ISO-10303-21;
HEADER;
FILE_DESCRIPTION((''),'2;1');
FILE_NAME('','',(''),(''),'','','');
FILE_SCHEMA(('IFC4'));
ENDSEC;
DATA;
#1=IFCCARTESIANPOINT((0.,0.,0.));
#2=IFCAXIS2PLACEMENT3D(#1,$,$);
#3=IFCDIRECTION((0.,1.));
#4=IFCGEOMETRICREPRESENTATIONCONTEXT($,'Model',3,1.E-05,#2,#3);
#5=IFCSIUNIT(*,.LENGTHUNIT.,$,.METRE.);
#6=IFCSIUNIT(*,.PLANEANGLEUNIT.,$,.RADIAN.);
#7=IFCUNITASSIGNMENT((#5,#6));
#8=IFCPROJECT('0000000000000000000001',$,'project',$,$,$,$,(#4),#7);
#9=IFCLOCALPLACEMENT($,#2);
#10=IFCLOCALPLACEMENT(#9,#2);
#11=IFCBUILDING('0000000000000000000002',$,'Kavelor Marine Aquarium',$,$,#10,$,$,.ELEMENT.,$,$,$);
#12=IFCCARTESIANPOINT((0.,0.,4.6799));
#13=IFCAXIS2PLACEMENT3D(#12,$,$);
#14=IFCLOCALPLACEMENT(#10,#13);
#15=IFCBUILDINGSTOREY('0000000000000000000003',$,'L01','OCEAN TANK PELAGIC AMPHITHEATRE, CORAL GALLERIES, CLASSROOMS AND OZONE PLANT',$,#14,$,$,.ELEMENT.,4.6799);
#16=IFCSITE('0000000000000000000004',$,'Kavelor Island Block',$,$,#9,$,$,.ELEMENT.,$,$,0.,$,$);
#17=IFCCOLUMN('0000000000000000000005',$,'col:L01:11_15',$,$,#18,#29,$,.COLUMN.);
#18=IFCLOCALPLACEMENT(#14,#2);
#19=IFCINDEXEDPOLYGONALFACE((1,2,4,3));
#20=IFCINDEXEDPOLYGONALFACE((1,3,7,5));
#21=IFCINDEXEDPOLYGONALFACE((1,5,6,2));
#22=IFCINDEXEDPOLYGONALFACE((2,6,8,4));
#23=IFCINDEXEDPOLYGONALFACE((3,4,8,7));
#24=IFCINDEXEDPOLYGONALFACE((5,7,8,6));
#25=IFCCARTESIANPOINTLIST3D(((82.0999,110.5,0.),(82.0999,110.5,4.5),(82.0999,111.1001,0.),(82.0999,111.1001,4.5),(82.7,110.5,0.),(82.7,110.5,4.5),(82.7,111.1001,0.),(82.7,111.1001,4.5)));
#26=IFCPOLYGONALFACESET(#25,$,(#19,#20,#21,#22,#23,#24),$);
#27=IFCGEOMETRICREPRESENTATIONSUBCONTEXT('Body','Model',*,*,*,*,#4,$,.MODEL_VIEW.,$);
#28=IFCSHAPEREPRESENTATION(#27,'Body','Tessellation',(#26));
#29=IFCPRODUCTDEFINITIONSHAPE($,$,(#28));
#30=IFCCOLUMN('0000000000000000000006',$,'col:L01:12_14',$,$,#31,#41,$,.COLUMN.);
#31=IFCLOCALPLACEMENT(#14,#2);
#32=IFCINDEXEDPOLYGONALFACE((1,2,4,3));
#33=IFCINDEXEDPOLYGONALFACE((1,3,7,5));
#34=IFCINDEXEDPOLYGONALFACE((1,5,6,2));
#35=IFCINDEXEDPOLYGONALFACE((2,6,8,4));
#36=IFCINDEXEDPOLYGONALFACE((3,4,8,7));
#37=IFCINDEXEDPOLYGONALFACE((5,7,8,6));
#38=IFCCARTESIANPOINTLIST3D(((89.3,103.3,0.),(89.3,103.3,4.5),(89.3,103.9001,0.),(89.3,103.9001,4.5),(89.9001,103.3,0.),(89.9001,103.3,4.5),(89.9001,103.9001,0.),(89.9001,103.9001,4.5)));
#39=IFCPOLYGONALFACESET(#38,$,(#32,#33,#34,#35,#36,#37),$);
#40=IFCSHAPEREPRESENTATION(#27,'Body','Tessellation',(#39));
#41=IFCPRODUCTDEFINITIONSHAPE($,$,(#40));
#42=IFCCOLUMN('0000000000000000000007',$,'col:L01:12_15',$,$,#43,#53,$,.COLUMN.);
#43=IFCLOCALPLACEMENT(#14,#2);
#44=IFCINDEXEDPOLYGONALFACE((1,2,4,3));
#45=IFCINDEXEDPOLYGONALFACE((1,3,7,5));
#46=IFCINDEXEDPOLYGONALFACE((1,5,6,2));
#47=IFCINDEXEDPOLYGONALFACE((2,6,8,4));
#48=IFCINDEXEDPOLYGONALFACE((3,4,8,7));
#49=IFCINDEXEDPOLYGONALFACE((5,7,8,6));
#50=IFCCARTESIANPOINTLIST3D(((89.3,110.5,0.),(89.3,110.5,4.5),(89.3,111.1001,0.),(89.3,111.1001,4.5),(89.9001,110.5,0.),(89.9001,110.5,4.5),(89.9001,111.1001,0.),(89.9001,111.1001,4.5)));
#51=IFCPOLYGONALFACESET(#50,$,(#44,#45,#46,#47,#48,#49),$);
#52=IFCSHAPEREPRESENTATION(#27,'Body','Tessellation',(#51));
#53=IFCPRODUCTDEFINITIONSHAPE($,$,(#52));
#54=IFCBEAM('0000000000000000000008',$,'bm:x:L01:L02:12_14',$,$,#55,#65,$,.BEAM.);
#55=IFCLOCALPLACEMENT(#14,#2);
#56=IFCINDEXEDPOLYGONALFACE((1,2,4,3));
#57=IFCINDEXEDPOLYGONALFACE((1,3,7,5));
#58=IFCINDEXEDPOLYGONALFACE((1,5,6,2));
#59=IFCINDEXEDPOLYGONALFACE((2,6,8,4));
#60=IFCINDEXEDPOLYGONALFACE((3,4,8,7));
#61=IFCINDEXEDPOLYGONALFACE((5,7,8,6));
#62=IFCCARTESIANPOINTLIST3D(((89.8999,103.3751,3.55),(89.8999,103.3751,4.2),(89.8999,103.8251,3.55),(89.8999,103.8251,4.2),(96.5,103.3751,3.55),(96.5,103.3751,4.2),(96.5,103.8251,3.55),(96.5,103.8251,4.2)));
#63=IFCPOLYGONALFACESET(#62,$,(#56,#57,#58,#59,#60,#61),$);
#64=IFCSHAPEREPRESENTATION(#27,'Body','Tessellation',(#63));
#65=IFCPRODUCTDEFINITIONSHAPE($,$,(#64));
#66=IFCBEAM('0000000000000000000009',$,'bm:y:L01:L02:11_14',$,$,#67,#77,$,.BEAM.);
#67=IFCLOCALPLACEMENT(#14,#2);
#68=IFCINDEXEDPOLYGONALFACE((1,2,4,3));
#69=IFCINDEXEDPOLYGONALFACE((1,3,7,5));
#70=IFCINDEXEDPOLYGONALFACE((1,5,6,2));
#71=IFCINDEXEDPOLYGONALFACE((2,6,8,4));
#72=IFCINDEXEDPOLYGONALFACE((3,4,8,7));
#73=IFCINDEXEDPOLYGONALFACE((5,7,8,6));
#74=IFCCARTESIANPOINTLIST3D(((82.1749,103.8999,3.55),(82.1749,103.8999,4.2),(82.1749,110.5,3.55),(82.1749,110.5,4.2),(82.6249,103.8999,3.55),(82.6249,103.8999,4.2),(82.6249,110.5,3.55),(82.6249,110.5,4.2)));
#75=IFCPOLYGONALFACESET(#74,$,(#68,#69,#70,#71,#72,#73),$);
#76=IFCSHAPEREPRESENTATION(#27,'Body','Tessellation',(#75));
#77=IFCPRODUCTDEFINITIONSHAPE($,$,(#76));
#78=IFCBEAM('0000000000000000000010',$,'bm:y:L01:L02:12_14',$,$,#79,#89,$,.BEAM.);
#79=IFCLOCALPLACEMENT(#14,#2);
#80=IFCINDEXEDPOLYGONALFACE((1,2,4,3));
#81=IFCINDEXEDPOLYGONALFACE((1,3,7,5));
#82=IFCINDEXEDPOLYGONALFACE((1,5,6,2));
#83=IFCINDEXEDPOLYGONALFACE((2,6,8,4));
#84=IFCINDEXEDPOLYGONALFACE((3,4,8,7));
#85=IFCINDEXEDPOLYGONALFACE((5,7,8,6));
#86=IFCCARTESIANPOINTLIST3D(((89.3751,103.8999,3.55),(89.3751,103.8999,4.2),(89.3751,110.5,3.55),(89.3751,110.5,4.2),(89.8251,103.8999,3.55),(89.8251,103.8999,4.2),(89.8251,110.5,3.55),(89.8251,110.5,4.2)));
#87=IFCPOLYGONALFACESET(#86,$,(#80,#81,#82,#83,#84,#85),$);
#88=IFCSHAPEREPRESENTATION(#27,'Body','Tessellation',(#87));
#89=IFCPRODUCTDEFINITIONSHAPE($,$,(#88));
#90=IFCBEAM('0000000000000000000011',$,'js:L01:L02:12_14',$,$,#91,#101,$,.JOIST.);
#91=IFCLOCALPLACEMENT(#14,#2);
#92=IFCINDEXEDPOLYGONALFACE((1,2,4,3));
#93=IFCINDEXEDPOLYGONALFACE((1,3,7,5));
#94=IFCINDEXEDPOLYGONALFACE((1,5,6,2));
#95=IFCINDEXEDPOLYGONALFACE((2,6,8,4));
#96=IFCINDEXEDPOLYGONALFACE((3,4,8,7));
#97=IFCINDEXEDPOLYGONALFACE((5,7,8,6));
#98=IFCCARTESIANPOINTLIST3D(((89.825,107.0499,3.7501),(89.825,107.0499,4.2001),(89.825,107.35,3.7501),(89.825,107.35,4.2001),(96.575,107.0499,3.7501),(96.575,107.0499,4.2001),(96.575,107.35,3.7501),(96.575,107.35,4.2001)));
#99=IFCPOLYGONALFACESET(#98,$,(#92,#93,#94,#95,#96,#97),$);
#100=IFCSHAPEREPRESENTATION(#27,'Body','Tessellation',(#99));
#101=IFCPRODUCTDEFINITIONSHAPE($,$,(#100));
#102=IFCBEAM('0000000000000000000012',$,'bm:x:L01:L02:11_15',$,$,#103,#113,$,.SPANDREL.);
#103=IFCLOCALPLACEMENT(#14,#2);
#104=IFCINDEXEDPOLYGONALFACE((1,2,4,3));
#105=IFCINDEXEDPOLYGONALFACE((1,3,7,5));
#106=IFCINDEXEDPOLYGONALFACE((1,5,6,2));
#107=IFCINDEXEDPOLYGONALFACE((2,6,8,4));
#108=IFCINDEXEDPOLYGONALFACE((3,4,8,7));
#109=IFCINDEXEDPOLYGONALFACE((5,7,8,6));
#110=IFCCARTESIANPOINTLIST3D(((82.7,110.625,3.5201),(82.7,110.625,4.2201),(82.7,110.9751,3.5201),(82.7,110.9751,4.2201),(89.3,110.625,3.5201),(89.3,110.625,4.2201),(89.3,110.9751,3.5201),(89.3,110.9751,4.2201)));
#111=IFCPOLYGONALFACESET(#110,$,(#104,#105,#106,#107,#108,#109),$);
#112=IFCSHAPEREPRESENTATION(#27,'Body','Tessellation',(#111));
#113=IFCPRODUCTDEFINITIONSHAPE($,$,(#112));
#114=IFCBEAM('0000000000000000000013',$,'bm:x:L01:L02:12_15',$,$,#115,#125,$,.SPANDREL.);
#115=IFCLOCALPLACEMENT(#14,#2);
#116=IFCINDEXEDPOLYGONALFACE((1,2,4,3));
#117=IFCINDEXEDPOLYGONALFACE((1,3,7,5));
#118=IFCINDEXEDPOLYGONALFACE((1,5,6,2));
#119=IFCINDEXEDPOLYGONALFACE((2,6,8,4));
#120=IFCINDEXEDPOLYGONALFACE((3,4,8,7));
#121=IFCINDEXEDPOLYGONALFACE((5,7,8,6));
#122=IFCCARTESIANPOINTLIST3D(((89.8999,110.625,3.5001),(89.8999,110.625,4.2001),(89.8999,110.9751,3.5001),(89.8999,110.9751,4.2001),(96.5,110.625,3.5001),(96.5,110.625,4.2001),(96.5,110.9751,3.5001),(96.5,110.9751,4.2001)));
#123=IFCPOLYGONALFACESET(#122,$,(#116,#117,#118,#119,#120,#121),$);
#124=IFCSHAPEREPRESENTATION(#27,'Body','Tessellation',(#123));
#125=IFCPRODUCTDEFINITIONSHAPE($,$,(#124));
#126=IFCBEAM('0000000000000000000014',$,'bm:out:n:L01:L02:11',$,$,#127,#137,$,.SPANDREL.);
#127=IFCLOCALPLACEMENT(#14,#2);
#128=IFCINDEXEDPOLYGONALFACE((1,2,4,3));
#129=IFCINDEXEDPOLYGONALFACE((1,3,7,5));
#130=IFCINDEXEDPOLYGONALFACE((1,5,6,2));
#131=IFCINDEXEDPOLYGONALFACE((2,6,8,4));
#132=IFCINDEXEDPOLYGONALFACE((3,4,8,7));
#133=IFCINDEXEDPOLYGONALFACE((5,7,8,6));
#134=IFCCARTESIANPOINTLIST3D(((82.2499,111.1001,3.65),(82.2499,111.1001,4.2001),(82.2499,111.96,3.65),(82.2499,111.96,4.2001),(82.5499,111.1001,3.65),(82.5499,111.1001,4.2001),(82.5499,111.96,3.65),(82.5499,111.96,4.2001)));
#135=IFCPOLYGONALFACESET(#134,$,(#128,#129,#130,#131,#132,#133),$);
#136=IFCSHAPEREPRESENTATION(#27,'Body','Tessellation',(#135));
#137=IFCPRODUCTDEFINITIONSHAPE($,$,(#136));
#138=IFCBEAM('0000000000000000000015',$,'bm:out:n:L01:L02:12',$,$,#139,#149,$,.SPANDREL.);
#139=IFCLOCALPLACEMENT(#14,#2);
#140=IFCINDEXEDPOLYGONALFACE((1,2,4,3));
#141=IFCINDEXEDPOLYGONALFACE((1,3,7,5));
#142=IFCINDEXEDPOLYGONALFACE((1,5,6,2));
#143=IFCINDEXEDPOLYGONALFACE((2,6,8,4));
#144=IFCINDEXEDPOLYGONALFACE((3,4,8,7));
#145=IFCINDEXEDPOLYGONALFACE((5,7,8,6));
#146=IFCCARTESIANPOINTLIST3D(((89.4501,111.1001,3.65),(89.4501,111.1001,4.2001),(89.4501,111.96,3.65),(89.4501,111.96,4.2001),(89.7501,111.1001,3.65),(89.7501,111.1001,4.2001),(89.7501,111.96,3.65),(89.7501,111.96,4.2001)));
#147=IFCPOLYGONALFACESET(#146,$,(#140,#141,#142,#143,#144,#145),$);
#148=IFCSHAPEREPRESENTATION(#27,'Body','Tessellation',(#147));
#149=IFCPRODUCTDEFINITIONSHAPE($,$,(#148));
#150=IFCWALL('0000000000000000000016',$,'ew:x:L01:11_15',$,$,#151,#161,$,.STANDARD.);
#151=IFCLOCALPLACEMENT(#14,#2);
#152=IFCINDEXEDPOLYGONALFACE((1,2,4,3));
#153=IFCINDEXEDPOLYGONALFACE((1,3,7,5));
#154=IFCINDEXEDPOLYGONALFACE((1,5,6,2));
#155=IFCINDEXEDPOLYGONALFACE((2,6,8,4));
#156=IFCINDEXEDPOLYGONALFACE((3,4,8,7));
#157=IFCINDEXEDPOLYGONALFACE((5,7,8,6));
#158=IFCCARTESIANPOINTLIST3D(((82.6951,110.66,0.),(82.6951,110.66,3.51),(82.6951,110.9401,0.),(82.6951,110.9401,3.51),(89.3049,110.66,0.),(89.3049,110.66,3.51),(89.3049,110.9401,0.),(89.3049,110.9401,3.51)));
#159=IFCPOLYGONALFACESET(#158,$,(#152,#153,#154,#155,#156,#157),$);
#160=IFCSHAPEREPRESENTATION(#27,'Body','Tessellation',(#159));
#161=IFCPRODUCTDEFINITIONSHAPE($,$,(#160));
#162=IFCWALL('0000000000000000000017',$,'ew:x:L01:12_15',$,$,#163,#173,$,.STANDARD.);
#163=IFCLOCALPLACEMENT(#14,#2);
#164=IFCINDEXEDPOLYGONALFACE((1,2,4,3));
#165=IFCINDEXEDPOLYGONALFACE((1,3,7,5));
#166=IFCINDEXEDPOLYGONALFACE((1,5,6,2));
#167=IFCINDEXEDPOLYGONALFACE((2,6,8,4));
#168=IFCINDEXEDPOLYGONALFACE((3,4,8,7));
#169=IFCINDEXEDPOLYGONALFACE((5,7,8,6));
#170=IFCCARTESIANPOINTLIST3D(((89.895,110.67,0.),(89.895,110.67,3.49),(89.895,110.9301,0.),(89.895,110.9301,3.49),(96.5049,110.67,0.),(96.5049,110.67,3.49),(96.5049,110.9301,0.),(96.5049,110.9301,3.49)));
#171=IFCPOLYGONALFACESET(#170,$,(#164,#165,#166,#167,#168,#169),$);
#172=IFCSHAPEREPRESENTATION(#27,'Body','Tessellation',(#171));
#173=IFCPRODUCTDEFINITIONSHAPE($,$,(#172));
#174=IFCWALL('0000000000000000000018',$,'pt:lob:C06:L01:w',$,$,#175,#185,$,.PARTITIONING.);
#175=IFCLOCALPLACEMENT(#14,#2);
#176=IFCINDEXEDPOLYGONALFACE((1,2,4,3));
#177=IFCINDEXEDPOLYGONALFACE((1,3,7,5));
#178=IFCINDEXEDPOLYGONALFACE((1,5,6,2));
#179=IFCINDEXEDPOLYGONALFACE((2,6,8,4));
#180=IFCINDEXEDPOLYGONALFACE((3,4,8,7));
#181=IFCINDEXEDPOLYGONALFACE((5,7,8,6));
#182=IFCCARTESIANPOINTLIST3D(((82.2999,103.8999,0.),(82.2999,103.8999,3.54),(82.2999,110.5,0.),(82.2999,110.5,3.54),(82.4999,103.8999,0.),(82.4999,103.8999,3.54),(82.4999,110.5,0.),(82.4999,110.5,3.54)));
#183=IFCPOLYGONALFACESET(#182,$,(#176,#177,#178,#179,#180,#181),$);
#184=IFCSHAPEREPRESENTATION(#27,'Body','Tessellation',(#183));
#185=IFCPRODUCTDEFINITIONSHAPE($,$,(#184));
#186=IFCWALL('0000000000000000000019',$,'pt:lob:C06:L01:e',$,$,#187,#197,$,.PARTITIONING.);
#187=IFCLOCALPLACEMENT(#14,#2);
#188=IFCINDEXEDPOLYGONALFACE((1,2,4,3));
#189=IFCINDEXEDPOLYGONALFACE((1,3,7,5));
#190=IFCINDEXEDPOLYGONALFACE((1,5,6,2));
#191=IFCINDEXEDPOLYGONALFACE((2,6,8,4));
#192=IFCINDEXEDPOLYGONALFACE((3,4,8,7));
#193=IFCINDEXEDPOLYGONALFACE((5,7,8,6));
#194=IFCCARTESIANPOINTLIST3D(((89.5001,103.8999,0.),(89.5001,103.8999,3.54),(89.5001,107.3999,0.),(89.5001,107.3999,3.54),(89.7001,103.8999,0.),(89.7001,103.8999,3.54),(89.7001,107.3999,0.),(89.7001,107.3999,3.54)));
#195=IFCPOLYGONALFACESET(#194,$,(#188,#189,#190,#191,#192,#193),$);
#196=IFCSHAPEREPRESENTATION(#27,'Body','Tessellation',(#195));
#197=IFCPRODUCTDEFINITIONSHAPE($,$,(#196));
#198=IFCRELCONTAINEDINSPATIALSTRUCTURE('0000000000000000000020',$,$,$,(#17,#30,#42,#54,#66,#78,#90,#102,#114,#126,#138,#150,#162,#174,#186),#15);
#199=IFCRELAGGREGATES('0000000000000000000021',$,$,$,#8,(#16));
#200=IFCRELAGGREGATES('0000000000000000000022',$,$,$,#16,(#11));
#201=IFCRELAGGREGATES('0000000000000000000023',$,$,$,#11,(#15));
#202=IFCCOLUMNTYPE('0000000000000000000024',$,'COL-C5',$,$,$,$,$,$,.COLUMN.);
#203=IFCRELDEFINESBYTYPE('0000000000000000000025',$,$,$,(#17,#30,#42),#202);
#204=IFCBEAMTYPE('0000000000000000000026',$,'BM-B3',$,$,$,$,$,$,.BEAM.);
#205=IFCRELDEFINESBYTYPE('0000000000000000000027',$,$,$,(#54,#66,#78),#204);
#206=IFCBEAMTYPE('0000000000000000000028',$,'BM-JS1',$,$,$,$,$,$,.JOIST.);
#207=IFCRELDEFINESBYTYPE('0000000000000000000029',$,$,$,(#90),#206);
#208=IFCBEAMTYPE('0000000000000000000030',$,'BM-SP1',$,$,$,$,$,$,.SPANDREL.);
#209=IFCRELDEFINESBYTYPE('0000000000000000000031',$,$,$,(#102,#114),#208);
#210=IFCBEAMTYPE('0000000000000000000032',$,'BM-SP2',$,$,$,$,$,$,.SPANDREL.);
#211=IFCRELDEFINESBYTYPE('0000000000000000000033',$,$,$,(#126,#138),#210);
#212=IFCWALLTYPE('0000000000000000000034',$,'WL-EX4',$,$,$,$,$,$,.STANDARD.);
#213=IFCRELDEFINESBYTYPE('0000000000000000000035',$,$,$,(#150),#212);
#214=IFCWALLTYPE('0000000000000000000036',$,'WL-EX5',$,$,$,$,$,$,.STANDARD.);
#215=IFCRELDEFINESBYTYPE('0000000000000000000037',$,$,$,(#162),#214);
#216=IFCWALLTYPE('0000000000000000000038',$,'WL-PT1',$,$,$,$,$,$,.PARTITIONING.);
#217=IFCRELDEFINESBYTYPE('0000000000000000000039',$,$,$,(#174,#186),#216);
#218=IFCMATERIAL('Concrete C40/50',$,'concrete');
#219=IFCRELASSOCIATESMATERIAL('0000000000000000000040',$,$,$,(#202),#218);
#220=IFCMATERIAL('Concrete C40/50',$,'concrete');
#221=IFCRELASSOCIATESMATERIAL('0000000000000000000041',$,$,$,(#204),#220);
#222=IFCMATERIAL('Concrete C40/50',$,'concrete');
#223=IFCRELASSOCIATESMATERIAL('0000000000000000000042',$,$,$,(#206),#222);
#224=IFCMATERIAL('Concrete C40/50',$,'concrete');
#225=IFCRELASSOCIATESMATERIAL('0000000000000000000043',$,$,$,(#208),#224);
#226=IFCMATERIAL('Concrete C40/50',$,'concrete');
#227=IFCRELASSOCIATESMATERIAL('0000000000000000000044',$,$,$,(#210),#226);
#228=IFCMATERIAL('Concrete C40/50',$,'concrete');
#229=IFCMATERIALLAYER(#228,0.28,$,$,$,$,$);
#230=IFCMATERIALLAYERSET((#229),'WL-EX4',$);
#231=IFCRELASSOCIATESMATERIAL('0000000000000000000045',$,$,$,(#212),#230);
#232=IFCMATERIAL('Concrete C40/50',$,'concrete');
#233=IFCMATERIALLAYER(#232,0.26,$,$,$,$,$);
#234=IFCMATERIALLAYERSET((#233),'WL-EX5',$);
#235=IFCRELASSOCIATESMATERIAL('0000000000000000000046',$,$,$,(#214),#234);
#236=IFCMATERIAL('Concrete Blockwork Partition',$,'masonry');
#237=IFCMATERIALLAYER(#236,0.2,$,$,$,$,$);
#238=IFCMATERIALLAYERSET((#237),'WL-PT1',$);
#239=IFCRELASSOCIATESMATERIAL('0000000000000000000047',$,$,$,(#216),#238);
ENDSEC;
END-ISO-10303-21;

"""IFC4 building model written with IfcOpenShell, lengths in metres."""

from ifc_helpers import new_model, si_unit, direction, frame, frame_2d, origin, origin_2d, place, context, subcontext, project, spatial, rectangle, extrude, material, layer, layer_set, material_profile, profile_set, type_object, element, save


model = new_model("IFC4")

# Units and contexts
model_context = context("Model", 3, precision=1e-05, world=origin(), true_north=direction((0.0, 1.0)))
body_context = subcontext(model_context, "Body", "Model", "MODEL_VIEW")
ifc_project = project(units=[si_unit("LENGTHUNIT", "METRE"), si_unit("PLANEANGLEUNIT", "RADIAN")], contexts=[model_context])

# Site, building, storey
site_placement = place(None, origin())
site = spatial("IfcSite", under=ifc_project, at=site_placement, Name="Kavelor Island Block", CompositionType="ELEMENT", RefElevation=0.0)
building_placement = place(site_placement, origin())
building = spatial("IfcBuilding", under=site, at=building_placement, Name="Kavelor Marine Aquarium", CompositionType="ELEMENT")
storey_placement = place(building_placement, frame((0.0, 0.0, 4.6799)))
storey = spatial("IfcBuildingStorey", under=building, at=storey_placement, Name="L01", Description="OCEAN TANK PELAGIC AMPHITHEATRE, CORAL GALLERIES, CLASSROOMS AND OZONE PLANT", CompositionType="ELEMENT", Elevation=4.6799)

# Columns
ifc_material_1 = material(Name="Concrete C40/50", Category="concrete")
ifc_material_profile_1 = material_profile(ifc_material_1, rectangle(XDim=0.6001, YDim=0.6001, at=origin_2d()), Name="RC-COL 600x600")
ifc_profile_set_1 = profile_set([ifc_material_profile_1], Name="Concrete C40/50")
column_type = type_object("IfcColumnType", Name="COL-C5", PredefinedType="COLUMN", material=ifc_profile_set_1)
for number, where, z_axis, x_axis, name in (
    (1, (82.3999, 110.8, 0.0), (0.0, 0.0, 1.0), (1.0, 0.0, 0.0), "col:L01:11_15"),
    (2, (89.6001, 103.6001, 0.0), (0.0, 0.0, 1.0), (1.0, 0.0, 0.0), "col:L01:12_14"),
    (3, (89.6001, 110.8, 0.0), (0.0, 0.0, 1.0), (1.0, 0.0, 0.0), "col:L01:12_15"),
):
    element("IfcColumn", number, at=place(storey_placement, frame(where, z_axis=z_axis, x_axis=x_axis)), inside=storey, type_object=column_type, Name=name, PredefinedType="COLUMN", context=body_context, shape_type="SweptSolid", body=[
        extrude(rectangle(XDim=0.6001, YDim=0.6001, at=origin_2d()), origin(), (0.0, 0.0, 1.0), 4.5),
    ])

# Beams
ifc_material_2 = material(Name="Concrete C40/50", Category="concrete")
ifc_material_profile_2 = material_profile(ifc_material_2, rectangle(XDim=0.45, YDim=0.6499, at=origin_2d()), Name="RC-BM 450x650")
ifc_profile_set_2 = profile_set([ifc_material_profile_2], Name="Concrete C40/50")
beam_type_1 = type_object("IfcBeamType", Name="BM-B3", PredefinedType="BEAM", material=ifc_profile_set_2)
for number, where, z_axis, x_axis, name in (
    (4, (89.8999, 103.6001, 3.875), (1.0, 0.0, 0.0), (0.0, 1.0, 0.0), "bm:x:L01:L02:12_14"),
    (5, (82.3999, 103.8999, 3.875), (0.0, 1.0, 0.0), (-1.0, 0.0, 0.0), "bm:y:L01:L02:11_14"),
    (6, (89.6001, 103.8999, 3.875), (0.0, 1.0, 0.0), (-1.0, 0.0, 0.0), "bm:y:L01:L02:12_14"),
):
    element("IfcBeam", number, at=place(storey_placement, frame(where, z_axis=z_axis, x_axis=x_axis)), inside=storey, type_object=beam_type_1, Name=name, PredefinedType="BEAM", context=body_context, shape_type="SweptSolid", body=[
        extrude(rectangle(XDim=0.45, YDim=0.6499, at=origin_2d()), origin(), (0.0, 0.0, 1.0), 6.6001),
    ])
ifc_material_3 = material(Name="Concrete C40/50", Category="concrete")
ifc_material_profile_3 = material_profile(ifc_material_3, rectangle(XDim=0.3, YDim=0.45, at=origin_2d()), Name="RC-JS 300x450")
ifc_profile_set_3 = profile_set([ifc_material_profile_3], Name="Concrete C40/50")
beam_type_2 = type_object("IfcBeamType", Name="BM-JS1", PredefinedType="JOIST", material=ifc_profile_set_3)
beam_placement = place(storey_placement, frame((89.825, 107.2, 3.9751), z_axis=(1.0, 0.0, 0.0), x_axis=(0.0, 1.0, 0.0)))
element("IfcBeam", 7, at=beam_placement, inside=storey, type_object=beam_type_2, Name="js:L01:L02:12_14", PredefinedType="JOIST", context=body_context, shape_type="SweptSolid", body=[
    extrude(rectangle(XDim=0.3, YDim=0.45, at=origin_2d()), origin(), (0.0, 0.0, 1.0), 6.75),
])
ifc_material_4 = material(Name="Concrete C40/50", Category="concrete")
ifc_material_profile_4 = material_profile(ifc_material_4, rectangle(XDim=0.3501, YDim=0.7, at=origin_2d()), Name="RC-SP 350x700")
ifc_profile_set_4 = profile_set([ifc_material_profile_4], Name="Concrete C40/50")
beam_type_3 = type_object("IfcBeamType", Name="BM-SP1", PredefinedType="SPANDREL", material=ifc_profile_set_4)
for number, where, z_axis, x_axis, name in (
    (8, (82.7, 110.8, 3.8701), (1.0, 0.0, 0.0), (0.0, 1.0, 0.0), "bm:x:L01:L02:11_15"),
    (9, (89.8999, 110.8, 3.8501), (1.0, 0.0, 0.0), (0.0, 1.0, 0.0), "bm:x:L01:L02:12_15"),
):
    element("IfcBeam", number, at=place(storey_placement, frame(where, z_axis=z_axis, x_axis=x_axis)), inside=storey, type_object=beam_type_3, Name=name, PredefinedType="SPANDREL", context=body_context, shape_type="SweptSolid", body=[
        extrude(rectangle(XDim=0.3501, YDim=0.7, at=origin_2d()), origin(), (0.0, 0.0, 1.0), 6.6001),
    ])
ifc_material_5 = material(Name="Concrete C40/50", Category="concrete")
ifc_material_profile_5 = material_profile(ifc_material_5, rectangle(XDim=0.3, YDim=0.55, at=origin_2d()), Name="RC-SP 300x550")
ifc_profile_set_5 = profile_set([ifc_material_profile_5], Name="Concrete C40/50")
beam_type_4 = type_object("IfcBeamType", Name="BM-SP2", PredefinedType="SPANDREL", material=ifc_profile_set_5)
for number, where, z_axis, x_axis, name in (
    (10, (82.3999, 111.1001, 3.925), (0.0, 1.0, 0.0), (-1.0, 0.0, 0.0), "bm:out:n:L01:L02:11"),
    (11, (89.6001, 111.1001, 3.925), (0.0, 1.0, 0.0), (-1.0, 0.0, 0.0), "bm:out:n:L01:L02:12"),
):
    element("IfcBeam", number, at=place(storey_placement, frame(where, z_axis=z_axis, x_axis=x_axis)), inside=storey, type_object=beam_type_4, Name=name, PredefinedType="SPANDREL", context=body_context, shape_type="SweptSolid", body=[
        extrude(rectangle(XDim=0.3, YDim=0.55, at=origin_2d()), origin(), (0.0, 0.0, 1.0), 0.8599),
    ])

# Walls
ifc_material_6 = material(Name="Concrete C40/50", Category="concrete")
ifc_layer_1 = layer(ifc_material_6, 0.28)
ifc_layer_set_1 = layer_set([ifc_layer_1], Name="WL-EX4")
wall_type_1 = type_object("IfcWallType", Name="WL-EX4", PredefinedType="STANDARD", material=ifc_layer_set_1)
wall_1_placement = place(storey_placement, frame((82.6951, 110.8, 0.0), z_axis=(0.0, 0.0, 1.0), x_axis=(1.0, 0.0, 0.0)))
element("IfcWall", 12, at=wall_1_placement, inside=storey, type_object=wall_type_1, Name="ew:x:L01:11_15", PredefinedType="STANDARD", context=body_context, shape_type="SweptSolid", body=[
    extrude(rectangle(XDim=6.6099, YDim=0.28, at=frame_2d((3.3049, 0.0))), origin(), (0.0, 0.0, 1.0), 3.51),
])
ifc_material_7 = material(Name="Concrete C40/50", Category="concrete")
ifc_layer_2 = layer(ifc_material_7, 0.26)
ifc_layer_set_2 = layer_set([ifc_layer_2], Name="WL-EX5")
wall_type_2 = type_object("IfcWallType", Name="WL-EX5", PredefinedType="STANDARD", material=ifc_layer_set_2)
wall_2_placement = place(storey_placement, frame((89.895, 110.8, 0.0), z_axis=(0.0, 0.0, 1.0), x_axis=(1.0, 0.0, 0.0)))
element("IfcWall", 13, at=wall_2_placement, inside=storey, type_object=wall_type_2, Name="ew:x:L01:12_15", PredefinedType="STANDARD", context=body_context, shape_type="SweptSolid", body=[
    extrude(rectangle(XDim=6.6099, YDim=0.26, at=frame_2d((3.3049, 0.0))), origin(), (0.0, 0.0, 1.0), 3.49),
])
ifc_material_8 = material(Name="Concrete Blockwork Partition", Category="masonry")
ifc_layer_3 = layer(ifc_material_8, 0.2)
ifc_layer_set_3 = layer_set([ifc_layer_3], Name="WL-PT1")
wall_type_3 = type_object("IfcWallType", Name="WL-PT1", PredefinedType="PARTITIONING", material=ifc_layer_set_3)
wall_3_placement = place(storey_placement, frame((82.3999, 103.8999, 0.0), z_axis=(0.0, 0.0, 1.0), x_axis=(0.0, 1.0, 0.0)))
element("IfcWall", 14, at=wall_3_placement, inside=storey, type_object=wall_type_3, Name="pt:lob:C06:L01:w", PredefinedType="PARTITIONING", context=body_context, shape_type="SweptSolid", body=[
    extrude(rectangle(XDim=6.6001, YDim=0.2, at=frame_2d((3.3, 0.0))), origin(), (0.0, 0.0, 1.0), 3.54),
])
wall_4_placement = place(storey_placement, frame((89.6001, 103.8999, 0.0), z_axis=(0.0, 0.0, 1.0), x_axis=(0.0, 1.0, 0.0)))
element("IfcWall", 15, at=wall_4_placement, inside=storey, type_object=wall_type_3, Name="pt:lob:C06:L01:e", PredefinedType="PARTITIONING", context=body_context, shape_type="SweptSolid", body=[
    extrude(rectangle(XDim=3.5, YDim=0.2, at=frame_2d((1.75, 0.0))), origin(), (0.0, 0.0, 1.0), 3.54),
])

save(model, "model.ifc")
